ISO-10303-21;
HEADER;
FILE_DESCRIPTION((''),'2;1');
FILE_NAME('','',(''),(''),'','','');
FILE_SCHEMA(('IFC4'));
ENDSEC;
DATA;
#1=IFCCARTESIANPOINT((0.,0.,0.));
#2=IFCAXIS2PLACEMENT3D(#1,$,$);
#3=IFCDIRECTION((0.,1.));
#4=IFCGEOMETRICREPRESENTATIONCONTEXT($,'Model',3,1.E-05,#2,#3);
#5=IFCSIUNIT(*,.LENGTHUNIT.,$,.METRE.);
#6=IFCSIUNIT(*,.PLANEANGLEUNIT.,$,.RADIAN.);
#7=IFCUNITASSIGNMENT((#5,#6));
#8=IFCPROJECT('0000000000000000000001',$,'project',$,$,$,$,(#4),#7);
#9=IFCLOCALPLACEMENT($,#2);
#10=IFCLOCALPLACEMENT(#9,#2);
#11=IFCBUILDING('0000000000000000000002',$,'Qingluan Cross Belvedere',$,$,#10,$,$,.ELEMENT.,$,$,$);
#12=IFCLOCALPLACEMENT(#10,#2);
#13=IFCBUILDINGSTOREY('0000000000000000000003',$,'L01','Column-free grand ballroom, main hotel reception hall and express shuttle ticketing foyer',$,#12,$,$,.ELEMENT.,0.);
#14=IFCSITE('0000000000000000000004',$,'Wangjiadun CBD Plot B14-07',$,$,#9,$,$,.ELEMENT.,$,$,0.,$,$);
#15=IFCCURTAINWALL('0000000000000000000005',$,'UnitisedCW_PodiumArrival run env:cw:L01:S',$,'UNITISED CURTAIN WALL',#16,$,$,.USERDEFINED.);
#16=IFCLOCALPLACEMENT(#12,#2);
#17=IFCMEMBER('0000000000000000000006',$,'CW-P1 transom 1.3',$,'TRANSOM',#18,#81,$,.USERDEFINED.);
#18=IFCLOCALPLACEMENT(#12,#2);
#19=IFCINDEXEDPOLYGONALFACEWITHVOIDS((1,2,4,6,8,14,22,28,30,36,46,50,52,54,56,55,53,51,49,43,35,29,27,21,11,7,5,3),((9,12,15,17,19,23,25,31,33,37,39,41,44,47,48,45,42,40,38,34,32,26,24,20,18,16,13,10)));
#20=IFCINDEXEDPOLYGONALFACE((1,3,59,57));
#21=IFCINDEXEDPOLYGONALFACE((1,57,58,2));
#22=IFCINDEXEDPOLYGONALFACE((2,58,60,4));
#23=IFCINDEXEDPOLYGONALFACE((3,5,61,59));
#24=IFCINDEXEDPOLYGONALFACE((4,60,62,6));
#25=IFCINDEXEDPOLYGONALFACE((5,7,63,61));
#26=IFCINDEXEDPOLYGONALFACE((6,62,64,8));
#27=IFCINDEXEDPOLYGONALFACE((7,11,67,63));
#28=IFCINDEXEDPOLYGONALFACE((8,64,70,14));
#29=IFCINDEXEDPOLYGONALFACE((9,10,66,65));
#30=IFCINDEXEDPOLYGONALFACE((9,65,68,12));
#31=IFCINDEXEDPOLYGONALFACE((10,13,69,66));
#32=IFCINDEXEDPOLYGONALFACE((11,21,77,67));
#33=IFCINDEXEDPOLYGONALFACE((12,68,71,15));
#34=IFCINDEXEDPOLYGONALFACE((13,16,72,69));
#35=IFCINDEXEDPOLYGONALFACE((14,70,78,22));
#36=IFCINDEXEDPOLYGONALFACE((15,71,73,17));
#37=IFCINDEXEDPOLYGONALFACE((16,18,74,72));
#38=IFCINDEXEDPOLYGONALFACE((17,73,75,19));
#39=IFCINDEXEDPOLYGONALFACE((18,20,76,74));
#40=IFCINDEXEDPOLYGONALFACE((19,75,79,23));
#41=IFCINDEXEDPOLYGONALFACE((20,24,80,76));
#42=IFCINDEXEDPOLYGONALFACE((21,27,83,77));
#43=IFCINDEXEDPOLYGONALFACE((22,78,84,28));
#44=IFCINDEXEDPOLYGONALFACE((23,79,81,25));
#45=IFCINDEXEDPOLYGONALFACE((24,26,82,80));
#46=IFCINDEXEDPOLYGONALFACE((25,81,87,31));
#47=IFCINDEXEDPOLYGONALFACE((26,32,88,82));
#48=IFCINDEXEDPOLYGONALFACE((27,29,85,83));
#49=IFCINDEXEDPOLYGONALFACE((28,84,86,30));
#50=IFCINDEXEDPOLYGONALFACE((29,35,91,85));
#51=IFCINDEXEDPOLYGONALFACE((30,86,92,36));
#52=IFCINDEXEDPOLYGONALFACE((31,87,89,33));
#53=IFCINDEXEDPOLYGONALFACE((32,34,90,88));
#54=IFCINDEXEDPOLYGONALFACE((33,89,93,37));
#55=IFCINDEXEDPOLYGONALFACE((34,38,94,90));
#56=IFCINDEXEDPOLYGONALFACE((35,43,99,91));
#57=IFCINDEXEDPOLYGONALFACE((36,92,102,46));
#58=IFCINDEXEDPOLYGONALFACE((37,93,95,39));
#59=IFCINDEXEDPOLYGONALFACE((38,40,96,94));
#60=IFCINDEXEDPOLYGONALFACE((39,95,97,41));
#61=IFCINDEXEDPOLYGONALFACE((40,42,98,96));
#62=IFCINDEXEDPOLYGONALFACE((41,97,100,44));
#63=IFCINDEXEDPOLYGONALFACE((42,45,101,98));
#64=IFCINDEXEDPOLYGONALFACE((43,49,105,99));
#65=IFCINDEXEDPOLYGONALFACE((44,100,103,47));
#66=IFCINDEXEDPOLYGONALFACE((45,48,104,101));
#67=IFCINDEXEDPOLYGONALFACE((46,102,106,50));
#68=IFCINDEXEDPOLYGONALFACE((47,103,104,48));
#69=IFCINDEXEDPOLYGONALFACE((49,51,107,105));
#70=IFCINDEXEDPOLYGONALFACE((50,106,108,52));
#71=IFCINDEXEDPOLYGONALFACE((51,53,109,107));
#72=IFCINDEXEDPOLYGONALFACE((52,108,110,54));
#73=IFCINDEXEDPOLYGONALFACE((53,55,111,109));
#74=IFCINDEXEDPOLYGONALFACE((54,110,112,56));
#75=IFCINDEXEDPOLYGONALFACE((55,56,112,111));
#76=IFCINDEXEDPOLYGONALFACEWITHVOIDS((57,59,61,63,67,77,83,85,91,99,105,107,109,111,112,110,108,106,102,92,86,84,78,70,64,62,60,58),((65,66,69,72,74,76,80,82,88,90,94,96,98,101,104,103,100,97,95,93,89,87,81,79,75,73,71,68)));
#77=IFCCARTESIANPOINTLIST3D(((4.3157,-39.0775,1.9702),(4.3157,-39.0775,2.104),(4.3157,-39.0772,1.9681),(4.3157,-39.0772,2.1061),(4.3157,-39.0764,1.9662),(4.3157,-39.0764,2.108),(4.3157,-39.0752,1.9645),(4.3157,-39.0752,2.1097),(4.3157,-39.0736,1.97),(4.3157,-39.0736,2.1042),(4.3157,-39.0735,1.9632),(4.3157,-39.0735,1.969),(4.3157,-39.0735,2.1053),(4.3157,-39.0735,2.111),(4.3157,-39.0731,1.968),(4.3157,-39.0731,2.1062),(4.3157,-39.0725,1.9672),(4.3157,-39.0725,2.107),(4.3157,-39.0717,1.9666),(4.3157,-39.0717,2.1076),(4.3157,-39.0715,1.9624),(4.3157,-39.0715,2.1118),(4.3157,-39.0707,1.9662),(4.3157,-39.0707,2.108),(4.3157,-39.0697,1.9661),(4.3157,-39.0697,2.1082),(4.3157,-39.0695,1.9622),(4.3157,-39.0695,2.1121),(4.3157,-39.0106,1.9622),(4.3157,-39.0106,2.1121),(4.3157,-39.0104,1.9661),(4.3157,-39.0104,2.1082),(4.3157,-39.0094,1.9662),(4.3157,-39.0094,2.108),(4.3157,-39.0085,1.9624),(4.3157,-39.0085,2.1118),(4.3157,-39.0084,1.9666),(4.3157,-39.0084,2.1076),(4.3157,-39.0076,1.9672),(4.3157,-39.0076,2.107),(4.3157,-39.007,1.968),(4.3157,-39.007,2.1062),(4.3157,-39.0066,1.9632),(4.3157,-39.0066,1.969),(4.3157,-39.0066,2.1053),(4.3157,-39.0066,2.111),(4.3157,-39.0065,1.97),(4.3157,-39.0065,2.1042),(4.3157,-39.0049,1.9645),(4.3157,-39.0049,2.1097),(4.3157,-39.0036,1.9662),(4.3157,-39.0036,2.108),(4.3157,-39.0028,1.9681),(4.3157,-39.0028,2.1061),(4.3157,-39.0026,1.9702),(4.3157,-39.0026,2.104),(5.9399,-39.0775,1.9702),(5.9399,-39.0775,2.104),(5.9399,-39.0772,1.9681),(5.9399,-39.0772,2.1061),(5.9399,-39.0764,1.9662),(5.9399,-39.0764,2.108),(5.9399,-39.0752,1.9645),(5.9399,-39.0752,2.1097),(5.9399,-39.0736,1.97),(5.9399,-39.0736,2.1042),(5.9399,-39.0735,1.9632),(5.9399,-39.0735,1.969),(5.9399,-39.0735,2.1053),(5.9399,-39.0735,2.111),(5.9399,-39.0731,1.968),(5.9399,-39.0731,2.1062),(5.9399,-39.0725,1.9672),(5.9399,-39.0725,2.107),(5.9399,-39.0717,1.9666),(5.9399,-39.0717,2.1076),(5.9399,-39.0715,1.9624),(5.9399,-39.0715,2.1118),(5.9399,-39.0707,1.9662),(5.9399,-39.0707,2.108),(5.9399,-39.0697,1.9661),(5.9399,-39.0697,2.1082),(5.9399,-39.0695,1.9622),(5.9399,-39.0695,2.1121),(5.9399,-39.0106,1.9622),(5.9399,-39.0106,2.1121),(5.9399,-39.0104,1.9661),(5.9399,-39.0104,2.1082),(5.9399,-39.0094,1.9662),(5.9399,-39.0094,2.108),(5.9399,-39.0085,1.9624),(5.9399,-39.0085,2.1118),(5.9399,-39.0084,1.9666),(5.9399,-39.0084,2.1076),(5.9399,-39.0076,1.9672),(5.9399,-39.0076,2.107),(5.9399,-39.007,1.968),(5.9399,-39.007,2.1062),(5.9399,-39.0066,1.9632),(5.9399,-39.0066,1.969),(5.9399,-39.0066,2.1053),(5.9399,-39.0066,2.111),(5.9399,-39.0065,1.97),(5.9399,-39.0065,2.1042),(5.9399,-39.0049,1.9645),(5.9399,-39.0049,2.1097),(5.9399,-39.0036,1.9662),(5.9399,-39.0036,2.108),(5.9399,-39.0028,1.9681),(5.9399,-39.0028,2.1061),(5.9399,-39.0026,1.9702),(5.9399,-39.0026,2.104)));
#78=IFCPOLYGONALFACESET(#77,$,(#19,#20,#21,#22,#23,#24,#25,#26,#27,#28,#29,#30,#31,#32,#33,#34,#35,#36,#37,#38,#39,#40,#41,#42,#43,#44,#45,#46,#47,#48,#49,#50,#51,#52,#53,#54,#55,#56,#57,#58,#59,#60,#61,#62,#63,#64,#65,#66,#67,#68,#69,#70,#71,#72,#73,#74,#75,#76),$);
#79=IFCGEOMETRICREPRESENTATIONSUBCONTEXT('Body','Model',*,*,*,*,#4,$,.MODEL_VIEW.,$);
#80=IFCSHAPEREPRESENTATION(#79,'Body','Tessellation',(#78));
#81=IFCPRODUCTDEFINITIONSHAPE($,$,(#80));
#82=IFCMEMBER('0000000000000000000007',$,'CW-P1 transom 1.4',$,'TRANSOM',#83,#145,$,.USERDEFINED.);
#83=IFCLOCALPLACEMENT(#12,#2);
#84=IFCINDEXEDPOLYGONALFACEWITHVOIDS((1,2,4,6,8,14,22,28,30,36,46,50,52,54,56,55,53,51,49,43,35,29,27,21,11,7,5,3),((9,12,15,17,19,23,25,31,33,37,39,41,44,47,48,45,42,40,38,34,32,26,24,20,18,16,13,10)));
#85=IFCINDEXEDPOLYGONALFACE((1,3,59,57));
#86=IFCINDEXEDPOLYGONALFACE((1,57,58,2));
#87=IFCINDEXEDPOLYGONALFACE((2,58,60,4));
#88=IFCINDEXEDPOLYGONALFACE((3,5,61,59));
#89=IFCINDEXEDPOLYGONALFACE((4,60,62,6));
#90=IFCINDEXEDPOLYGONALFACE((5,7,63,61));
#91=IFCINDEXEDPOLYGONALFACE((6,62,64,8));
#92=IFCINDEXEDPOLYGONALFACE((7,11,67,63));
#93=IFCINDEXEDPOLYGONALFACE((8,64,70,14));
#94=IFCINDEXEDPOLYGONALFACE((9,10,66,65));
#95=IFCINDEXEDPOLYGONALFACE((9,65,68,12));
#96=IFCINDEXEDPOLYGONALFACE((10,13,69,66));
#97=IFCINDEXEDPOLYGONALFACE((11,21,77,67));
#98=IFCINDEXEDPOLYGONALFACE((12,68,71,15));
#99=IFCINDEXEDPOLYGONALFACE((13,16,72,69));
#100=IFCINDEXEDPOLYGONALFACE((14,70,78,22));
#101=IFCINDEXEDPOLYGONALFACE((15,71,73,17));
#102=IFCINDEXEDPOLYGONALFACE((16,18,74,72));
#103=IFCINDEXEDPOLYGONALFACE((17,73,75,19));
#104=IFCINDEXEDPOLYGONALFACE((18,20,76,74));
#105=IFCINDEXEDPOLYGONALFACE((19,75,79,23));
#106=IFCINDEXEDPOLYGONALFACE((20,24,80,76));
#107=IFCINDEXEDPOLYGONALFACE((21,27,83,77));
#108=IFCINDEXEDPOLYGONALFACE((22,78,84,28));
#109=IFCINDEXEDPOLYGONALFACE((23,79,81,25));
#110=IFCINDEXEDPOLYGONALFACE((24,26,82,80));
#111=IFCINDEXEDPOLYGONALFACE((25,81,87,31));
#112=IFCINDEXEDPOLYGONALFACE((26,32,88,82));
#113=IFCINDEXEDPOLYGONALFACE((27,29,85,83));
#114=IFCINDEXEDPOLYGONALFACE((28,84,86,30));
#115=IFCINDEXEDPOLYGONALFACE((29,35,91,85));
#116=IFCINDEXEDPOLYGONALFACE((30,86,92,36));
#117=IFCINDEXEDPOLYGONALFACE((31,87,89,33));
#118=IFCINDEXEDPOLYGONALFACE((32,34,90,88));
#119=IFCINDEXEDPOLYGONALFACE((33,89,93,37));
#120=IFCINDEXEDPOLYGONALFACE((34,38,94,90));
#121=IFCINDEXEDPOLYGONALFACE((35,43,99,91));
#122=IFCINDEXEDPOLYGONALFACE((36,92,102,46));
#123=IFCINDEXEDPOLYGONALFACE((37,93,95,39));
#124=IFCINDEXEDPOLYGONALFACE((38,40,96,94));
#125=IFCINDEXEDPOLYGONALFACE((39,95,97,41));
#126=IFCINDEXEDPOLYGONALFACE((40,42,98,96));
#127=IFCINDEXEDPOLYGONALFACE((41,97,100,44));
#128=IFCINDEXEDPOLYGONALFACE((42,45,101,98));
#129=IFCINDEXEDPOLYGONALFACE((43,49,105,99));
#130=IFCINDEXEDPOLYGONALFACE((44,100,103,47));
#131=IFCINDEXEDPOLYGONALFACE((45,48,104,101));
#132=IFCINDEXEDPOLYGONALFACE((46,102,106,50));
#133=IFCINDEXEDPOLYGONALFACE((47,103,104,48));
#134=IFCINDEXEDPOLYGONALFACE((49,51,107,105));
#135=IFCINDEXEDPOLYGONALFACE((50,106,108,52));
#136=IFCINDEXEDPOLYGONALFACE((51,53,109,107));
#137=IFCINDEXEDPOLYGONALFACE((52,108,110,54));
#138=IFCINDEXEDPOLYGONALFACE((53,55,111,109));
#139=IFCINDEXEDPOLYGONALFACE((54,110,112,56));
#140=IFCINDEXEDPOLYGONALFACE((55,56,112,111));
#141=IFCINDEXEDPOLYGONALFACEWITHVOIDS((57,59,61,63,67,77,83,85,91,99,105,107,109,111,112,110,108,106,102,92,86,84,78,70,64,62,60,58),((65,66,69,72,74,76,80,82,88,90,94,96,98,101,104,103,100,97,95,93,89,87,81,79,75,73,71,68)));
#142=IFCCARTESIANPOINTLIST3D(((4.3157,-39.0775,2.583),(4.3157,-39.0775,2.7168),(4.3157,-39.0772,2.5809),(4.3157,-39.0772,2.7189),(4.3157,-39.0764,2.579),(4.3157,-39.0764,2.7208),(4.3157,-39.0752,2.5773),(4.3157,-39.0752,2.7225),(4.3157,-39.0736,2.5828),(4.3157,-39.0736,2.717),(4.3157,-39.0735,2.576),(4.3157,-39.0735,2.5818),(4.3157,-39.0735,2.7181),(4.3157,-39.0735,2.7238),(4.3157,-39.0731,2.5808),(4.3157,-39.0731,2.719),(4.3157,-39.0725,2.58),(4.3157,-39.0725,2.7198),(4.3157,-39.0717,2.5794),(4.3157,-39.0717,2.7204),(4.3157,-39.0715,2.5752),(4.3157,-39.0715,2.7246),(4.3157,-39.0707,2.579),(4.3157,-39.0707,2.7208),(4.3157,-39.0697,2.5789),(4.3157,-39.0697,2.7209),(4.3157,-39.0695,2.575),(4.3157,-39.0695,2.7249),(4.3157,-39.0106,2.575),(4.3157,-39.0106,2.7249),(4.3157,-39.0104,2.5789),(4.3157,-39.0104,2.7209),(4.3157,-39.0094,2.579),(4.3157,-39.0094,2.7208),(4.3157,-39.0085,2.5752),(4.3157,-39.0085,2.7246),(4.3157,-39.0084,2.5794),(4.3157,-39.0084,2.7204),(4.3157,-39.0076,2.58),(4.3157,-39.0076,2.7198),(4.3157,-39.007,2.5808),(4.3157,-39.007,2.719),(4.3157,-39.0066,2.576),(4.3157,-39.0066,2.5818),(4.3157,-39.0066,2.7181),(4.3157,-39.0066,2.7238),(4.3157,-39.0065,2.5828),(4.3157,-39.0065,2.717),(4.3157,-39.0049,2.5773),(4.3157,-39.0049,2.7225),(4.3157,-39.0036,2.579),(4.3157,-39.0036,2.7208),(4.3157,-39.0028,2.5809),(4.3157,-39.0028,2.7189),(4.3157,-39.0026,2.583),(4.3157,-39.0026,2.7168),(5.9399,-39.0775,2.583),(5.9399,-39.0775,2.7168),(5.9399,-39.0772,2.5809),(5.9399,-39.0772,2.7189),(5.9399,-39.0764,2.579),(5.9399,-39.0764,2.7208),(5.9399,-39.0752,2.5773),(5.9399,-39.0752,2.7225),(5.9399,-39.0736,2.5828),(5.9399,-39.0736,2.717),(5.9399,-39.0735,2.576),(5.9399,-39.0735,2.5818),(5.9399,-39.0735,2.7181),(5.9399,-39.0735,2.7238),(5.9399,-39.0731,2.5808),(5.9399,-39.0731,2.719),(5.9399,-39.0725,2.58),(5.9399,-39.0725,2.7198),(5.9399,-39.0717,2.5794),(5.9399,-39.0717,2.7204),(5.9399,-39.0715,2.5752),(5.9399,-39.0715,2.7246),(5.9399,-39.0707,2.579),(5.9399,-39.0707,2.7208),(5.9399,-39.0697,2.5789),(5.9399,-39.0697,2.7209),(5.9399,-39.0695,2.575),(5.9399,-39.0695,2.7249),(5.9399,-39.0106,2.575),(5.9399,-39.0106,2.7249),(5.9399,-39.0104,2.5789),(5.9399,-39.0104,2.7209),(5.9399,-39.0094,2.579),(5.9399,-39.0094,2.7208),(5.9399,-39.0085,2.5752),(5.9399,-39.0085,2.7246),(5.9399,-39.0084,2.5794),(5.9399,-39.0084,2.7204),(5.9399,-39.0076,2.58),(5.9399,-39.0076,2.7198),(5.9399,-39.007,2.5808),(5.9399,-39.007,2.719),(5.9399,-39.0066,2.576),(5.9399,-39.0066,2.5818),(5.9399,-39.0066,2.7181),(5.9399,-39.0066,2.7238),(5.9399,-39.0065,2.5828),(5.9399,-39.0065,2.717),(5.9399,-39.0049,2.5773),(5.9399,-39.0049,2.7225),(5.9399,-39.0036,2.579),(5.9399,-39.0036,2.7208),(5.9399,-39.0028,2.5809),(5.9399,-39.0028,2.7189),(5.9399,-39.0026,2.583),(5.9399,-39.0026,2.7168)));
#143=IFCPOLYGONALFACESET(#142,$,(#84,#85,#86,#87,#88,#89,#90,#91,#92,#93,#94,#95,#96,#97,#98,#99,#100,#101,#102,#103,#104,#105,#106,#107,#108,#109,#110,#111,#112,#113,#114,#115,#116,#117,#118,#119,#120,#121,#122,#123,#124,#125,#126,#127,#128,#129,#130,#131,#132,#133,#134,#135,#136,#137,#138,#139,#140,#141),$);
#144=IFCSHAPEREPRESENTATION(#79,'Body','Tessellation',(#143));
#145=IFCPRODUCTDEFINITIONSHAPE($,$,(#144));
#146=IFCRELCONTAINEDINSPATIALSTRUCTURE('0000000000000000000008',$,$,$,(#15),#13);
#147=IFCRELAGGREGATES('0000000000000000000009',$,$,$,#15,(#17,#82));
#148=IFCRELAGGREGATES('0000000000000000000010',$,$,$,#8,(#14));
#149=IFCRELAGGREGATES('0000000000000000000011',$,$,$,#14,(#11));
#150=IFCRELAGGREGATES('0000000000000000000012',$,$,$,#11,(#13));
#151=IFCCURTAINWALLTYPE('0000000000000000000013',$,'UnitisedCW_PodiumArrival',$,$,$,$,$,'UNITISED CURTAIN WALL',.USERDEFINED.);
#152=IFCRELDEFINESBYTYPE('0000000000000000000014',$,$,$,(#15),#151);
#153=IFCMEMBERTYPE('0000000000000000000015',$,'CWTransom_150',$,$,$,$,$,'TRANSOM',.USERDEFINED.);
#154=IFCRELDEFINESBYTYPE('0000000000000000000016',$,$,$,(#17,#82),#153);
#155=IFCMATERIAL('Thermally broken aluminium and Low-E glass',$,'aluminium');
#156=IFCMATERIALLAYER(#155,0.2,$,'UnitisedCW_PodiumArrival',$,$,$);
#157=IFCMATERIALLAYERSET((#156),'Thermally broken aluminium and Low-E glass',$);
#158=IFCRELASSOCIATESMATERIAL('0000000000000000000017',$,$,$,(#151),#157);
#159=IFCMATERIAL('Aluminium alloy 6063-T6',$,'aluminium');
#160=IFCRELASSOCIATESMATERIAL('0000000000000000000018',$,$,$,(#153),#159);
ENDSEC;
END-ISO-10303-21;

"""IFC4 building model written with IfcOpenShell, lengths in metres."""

from ifc_helpers import new_model, si_unit, direction, frame, origin, origin_2d, place, context, subcontext, project, spatial, hollow_rectangle, extrude, material, layer, layer_set, material_profile, profile_set, type_object, element, aggregate, save


model = new_model("IFC4")

# Units and contexts
model_context = context("Model", 3, precision=1e-05, world=origin(), true_north=direction((0.0, 1.0)))
body_context = subcontext(model_context, "Body", "Model", "MODEL_VIEW")
ifc_project = project(units=[si_unit("LENGTHUNIT", "METRE"), si_unit("PLANEANGLEUNIT", "RADIAN")], contexts=[model_context])

# Site, building, storey
site_placement = place(None, origin())
site = spatial("IfcSite", under=ifc_project, at=site_placement, Name="Wangjiadun CBD Plot B14-07", CompositionType="ELEMENT", RefElevation=0.0)
building_placement = place(site_placement, origin())
building = spatial("IfcBuilding", under=site, at=building_placement, Name="Qingluan Cross Belvedere", CompositionType="ELEMENT")
storey_placement = place(building_placement, origin())
storey = spatial("IfcBuildingStorey", under=building, at=storey_placement, Name="L01", Description="Column-free grand ballroom, main hotel reception hall and express shuttle ticketing foyer", CompositionType="ELEMENT", Elevation=0.0)

# Curtain wall, members
ifc_material_1 = material(Name="Thermally broken aluminium and Low-E glass", Category="aluminium")
ifc_layer_1 = layer(ifc_material_1, 0.2, Name="UnitisedCW_PodiumArrival")
ifc_layer_set_1 = layer_set([ifc_layer_1], Name="Thermally broken aluminium and Low-E glass")
curtain_wall_type = type_object("IfcCurtainWallType", Name="UnitisedCW_PodiumArrival", ElementType="UNITISED CURTAIN WALL", PredefinedType="USERDEFINED", material=ifc_layer_set_1)
curtain_wall_placement = place(storey_placement, origin())
curtain_wall = element("IfcCurtainWall", 1, at=curtain_wall_placement, inside=storey, type_object=curtain_wall_type, Name="UnitisedCW_PodiumArrival run env:cw:L01:S", ObjectType="UNITISED CURTAIN WALL", PredefinedType="USERDEFINED")
ifc_material_2 = material(Name="Aluminium alloy 6063-T6", Category="aluminium")
ifc_material_profile_1 = material_profile(ifc_material_2, hollow_rectangle(XDim=0.075, YDim=0.1499, WallThickness=0.0039, InnerFilletRadius=0.0039, OuterFilletRadius=0.0081, at=origin_2d()), Name="CWT150x75x4")
ifc_profile_set_1 = profile_set([ifc_material_profile_1], Name="Aluminium alloy 6063-T6")
member_type_1 = type_object("IfcMemberType", Name="CWTransom_150", ElementType="TRANSOM", PredefinedType="USERDEFINED", material=ifc_profile_set_1)
member_1_placement = place(storey_placement, frame((5.9399, -39.04, 2.0371), z_axis=(-1.0, 0.0, 0.0), x_axis=(0.0, -1.0, 0.0)))
member_1 = element("IfcMember", 2, at=member_1_placement, type_object=member_type_1, Name="CW-P1 transom 1.3", ObjectType="TRANSOM", PredefinedType="USERDEFINED", context=body_context, shape_type="SweptSolid", body=[
    extrude(hollow_rectangle(XDim=0.075, YDim=0.1499, WallThickness=0.0039, InnerFilletRadius=0.0039, OuterFilletRadius=0.0081, at=origin_2d()), origin(), (0.0, 0.0, 1.0), 1.6243),
])
member_2_placement = place(storey_placement, frame((5.9399, -39.04, 2.6499), z_axis=(-1.0, 0.0, 0.0), x_axis=(0.0, -1.0, 0.0)))
member_2 = element("IfcMember", 3, at=member_2_placement, type_object=member_type_1, Name="CW-P1 transom 1.4", ObjectType="TRANSOM", PredefinedType="USERDEFINED", context=body_context, shape_type="SweptSolid", body=[
    extrude(hollow_rectangle(XDim=0.075, YDim=0.1499, WallThickness=0.0039, InnerFilletRadius=0.0039, OuterFilletRadius=0.0081, at=origin_2d()), origin(), (0.0, 0.0, 1.0), 1.6243),
])
aggregate(curtain_wall, [member_1, member_2])

save(model, "model.ifc")
